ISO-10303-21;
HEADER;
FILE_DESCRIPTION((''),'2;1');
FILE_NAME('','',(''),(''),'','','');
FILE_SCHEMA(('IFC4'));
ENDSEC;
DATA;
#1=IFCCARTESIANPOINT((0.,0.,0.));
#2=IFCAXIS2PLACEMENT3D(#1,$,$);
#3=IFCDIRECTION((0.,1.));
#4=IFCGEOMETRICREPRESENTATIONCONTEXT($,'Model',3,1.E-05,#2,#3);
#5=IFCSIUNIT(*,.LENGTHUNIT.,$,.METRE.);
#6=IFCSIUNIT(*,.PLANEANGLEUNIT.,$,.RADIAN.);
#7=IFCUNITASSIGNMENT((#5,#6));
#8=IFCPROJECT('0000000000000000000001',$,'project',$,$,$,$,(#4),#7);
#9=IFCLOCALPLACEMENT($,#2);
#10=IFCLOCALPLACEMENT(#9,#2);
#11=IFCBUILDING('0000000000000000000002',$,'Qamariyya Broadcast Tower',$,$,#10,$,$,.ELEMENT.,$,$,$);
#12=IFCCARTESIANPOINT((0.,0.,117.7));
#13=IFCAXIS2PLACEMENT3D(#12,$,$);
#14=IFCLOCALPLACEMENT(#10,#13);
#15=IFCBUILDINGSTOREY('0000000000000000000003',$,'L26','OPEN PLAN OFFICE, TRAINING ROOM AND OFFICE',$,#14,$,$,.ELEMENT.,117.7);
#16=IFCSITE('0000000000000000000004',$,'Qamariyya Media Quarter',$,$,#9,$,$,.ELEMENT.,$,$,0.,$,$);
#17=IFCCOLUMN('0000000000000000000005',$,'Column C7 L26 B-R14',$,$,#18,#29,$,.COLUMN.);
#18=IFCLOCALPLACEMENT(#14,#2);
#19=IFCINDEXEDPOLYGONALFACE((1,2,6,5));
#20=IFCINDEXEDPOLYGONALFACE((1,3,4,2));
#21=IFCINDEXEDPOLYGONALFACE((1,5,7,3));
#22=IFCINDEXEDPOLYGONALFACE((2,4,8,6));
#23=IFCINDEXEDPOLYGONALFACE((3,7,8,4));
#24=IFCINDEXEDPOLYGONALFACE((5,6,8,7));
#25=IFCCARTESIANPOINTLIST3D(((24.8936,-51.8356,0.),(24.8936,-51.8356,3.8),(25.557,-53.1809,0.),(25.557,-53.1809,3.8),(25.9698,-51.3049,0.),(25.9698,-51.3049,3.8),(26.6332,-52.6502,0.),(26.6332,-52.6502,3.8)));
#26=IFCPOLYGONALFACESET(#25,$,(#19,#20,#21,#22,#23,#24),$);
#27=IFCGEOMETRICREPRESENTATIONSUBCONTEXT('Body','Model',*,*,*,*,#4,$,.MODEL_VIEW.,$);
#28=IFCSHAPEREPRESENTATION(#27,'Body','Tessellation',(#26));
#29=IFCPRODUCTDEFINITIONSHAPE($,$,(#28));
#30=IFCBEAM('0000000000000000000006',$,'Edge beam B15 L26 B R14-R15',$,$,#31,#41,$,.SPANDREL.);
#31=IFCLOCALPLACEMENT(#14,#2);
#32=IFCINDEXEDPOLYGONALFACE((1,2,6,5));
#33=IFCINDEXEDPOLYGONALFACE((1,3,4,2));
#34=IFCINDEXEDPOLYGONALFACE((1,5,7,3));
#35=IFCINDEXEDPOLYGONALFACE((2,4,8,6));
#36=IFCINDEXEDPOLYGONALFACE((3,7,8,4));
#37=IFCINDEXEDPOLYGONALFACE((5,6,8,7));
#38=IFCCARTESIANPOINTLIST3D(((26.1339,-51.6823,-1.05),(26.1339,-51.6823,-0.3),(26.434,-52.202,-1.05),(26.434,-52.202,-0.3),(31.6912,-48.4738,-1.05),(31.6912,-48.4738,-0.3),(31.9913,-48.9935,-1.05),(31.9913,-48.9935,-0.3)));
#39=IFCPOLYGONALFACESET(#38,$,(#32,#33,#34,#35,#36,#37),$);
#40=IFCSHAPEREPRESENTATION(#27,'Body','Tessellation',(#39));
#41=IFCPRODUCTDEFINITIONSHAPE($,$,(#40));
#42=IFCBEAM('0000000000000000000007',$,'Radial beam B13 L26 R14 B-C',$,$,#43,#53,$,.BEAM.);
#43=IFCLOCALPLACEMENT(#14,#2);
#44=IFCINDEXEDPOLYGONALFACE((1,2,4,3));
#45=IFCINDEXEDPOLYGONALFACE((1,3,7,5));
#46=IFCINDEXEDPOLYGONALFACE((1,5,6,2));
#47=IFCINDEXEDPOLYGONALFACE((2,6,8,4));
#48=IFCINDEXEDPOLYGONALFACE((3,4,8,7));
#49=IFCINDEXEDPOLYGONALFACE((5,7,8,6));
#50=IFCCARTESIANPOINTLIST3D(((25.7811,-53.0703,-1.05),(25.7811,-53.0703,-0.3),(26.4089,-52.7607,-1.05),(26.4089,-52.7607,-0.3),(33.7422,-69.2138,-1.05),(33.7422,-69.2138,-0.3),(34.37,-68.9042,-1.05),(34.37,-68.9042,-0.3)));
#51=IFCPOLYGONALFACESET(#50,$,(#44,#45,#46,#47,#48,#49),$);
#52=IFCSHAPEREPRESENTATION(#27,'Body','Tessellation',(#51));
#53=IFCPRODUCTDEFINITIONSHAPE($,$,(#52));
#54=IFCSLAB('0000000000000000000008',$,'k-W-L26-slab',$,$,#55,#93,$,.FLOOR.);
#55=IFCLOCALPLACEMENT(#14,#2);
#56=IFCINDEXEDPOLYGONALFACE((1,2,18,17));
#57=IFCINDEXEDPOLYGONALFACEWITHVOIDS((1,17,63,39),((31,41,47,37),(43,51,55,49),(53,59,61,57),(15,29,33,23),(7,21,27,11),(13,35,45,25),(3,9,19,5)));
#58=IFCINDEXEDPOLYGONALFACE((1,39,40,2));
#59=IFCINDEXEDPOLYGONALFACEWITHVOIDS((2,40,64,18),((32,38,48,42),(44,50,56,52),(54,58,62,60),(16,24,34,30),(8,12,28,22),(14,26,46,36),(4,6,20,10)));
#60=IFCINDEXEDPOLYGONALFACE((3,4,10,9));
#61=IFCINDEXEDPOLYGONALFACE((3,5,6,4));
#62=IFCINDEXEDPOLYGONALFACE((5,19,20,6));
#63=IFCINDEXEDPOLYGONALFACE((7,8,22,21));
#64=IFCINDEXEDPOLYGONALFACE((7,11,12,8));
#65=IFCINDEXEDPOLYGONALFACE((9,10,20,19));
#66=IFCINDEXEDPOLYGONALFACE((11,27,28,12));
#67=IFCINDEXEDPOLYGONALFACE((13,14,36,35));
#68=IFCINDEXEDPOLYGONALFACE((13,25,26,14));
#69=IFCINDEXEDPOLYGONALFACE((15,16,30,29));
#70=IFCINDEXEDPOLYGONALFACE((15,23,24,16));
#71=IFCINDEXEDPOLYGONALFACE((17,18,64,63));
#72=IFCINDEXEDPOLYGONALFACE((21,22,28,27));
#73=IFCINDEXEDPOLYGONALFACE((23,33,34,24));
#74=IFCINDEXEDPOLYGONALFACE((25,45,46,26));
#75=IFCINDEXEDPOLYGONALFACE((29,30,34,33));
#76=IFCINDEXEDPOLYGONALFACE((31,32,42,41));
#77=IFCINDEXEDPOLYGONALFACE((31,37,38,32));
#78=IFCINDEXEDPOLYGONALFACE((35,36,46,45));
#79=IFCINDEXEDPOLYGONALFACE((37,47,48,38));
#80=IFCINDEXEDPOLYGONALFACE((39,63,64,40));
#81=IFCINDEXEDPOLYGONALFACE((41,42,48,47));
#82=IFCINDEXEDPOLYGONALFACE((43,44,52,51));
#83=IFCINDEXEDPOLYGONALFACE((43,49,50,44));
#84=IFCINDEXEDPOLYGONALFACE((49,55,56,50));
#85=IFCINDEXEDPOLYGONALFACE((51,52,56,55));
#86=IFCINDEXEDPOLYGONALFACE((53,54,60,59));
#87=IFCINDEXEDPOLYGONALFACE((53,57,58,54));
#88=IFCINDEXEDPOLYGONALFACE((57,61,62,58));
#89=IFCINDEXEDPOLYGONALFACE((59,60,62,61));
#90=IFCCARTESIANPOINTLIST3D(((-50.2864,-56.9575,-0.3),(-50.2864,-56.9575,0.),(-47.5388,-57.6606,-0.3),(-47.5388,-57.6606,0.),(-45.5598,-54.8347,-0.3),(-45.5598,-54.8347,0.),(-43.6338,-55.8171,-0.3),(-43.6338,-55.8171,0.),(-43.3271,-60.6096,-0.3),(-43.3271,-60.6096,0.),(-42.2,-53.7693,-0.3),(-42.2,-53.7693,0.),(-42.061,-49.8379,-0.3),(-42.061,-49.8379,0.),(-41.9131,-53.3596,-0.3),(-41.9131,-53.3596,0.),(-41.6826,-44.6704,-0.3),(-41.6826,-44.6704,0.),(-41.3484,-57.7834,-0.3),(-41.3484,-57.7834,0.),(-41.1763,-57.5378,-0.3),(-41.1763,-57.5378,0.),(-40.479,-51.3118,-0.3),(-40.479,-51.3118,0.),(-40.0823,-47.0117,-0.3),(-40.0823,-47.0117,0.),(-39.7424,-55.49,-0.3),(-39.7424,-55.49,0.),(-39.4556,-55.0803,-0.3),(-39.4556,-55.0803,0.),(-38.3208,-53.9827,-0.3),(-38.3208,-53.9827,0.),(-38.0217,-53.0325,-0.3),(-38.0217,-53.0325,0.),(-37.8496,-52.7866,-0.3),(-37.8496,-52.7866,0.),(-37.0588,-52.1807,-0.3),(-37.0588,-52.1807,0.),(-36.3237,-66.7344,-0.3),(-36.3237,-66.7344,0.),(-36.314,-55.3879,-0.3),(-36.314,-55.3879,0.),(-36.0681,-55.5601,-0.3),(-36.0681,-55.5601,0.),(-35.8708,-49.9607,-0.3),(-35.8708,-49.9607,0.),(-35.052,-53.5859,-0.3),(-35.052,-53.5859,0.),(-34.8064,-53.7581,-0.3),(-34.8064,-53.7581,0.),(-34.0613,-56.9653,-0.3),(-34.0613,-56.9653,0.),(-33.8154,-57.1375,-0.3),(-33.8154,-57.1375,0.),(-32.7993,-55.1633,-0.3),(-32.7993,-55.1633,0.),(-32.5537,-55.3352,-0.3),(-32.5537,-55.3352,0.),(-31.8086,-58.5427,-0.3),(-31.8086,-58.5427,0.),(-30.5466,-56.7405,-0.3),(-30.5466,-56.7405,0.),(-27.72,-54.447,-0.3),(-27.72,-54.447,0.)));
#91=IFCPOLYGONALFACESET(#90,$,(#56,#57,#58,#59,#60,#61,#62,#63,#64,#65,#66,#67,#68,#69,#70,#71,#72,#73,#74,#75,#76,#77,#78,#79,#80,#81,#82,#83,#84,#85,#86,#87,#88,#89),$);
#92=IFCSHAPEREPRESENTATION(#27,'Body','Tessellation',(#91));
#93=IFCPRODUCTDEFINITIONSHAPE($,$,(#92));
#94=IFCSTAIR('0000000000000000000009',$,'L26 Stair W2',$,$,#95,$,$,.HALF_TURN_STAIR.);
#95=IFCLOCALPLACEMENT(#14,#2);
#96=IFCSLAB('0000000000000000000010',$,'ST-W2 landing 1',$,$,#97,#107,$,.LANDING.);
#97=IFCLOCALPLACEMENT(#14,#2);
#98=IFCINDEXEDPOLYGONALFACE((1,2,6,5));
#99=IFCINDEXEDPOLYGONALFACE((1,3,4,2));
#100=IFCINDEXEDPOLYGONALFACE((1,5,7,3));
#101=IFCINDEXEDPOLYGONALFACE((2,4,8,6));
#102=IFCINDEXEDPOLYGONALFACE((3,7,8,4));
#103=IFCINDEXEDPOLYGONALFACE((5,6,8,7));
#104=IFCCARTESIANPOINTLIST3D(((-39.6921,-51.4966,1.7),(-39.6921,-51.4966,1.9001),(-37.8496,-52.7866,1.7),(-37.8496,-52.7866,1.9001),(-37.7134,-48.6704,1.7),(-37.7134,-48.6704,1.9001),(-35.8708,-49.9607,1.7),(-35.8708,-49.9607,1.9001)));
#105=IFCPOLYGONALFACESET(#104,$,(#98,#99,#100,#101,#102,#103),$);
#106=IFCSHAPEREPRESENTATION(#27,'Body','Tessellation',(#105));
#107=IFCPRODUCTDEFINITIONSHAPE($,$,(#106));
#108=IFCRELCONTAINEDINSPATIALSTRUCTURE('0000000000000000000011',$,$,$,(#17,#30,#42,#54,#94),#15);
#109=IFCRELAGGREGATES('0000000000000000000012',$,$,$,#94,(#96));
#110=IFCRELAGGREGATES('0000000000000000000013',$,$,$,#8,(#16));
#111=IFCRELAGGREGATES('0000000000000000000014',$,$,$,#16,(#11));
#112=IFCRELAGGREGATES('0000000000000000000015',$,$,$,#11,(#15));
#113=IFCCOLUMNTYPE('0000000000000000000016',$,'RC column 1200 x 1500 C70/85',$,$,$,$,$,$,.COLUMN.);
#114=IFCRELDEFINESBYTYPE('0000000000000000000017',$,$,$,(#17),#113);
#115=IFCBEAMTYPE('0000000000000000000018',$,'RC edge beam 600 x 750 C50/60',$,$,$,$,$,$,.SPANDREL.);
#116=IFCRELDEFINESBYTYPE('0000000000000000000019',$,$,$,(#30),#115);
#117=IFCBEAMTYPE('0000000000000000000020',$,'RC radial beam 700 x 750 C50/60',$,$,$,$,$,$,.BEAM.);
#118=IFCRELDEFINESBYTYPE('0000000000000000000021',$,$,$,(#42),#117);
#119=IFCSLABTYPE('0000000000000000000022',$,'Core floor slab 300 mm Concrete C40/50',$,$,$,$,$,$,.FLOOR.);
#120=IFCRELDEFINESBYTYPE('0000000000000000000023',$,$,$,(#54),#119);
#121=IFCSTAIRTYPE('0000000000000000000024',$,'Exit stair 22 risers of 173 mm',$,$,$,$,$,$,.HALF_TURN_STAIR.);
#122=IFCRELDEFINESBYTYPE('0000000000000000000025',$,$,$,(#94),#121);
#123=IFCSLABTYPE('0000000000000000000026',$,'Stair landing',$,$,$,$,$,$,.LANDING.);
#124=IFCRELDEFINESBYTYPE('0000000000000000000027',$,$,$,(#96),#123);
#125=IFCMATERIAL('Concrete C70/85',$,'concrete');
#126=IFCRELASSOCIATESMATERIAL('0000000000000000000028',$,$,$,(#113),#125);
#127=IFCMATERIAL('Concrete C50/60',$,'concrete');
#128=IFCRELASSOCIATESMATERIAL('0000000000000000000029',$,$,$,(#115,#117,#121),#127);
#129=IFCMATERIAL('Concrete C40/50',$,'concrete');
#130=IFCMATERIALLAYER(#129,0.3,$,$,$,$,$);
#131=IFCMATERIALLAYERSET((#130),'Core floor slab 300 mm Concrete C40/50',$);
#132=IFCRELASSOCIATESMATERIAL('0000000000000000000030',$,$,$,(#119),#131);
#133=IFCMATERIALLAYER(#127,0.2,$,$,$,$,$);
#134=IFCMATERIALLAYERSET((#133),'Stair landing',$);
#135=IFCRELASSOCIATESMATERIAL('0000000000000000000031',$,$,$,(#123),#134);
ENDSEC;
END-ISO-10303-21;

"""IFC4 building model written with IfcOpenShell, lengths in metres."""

from ifc_helpers import new_model, si_unit, direction, frame, origin, origin_2d, place, context, subcontext, project, spatial, polyline, rectangle, outline, extrude, material, layer, layer_set, material_profile, profile_set, type_object, element, aggregate, save


model = new_model("IFC4")

# Units and contexts
model_context = context("Model", 3, precision=1e-05, world=origin(), true_north=direction((0.0, 1.0)))
body_context = subcontext(model_context, "Body", "Model", "MODEL_VIEW")
ifc_project = project(units=[si_unit("LENGTHUNIT", "METRE"), si_unit("PLANEANGLEUNIT", "RADIAN")], contexts=[model_context])

# Site, building, storey
site_placement = place(None, origin())
site = spatial("IfcSite", under=ifc_project, at=site_placement, Name="Qamariyya Media Quarter", CompositionType="ELEMENT", RefElevation=0.0)
building_placement = place(site_placement, origin())
building = spatial("IfcBuilding", under=site, at=building_placement, Name="Qamariyya Broadcast Tower", CompositionType="ELEMENT")
storey_placement = place(building_placement, frame((0.0, 0.0, 117.7)))
storey = spatial("IfcBuildingStorey", under=building, at=storey_placement, Name="L26", Description="OPEN PLAN OFFICE, TRAINING ROOM AND OFFICE", CompositionType="ELEMENT", Elevation=117.7)

# Column
ifc_material_1 = material(Name="Concrete C70/85", Category="concrete")
ifc_material_profile_1 = material_profile(ifc_material_1, rectangle(XDim=1.2, YDim=1.5, at=origin_2d()))
ifc_profile_set_1 = profile_set([ifc_material_profile_1], Name="Concrete C70/85")
column_type = type_object("IfcColumnType", Name="RC column 1200 x 1500 C70/85", PredefinedType="COLUMN", material=ifc_profile_set_1)
column_placement = place(storey_placement, frame((25.7634, -52.2429, 0.0), z_axis=(0.0, 0.0, 1.0), x_axis=(0.896873, 0.442289, 0.0)))
element("IfcColumn", 1, at=column_placement, inside=storey, type_object=column_type, Name="Column C7 L26 B-R14", PredefinedType="COLUMN", context=body_context, shape_type="SweptSolid", body=[
    extrude(rectangle(XDim=1.2, YDim=1.5, at=origin_2d()), origin(), (0.0, 0.0, 1.0), 3.8),
])

# Beams
ifc_material_2 = material(Name="Concrete C50/60", Category="concrete")
ifc_material_profile_2 = material_profile(ifc_material_2, rectangle(XDim=0.6001, YDim=0.75, at=origin_2d()))
ifc_profile_set_2 = profile_set([ifc_material_profile_2], Name="Concrete C50/60")
beam_type_1 = type_object("IfcBeamType", Name="RC edge beam 600 x 750 C50/60", PredefinedType="SPANDREL", material=ifc_profile_set_2)
beam_1_placement = place(storey_placement, frame((26.2839, -51.9421, -0.675), z_axis=(0.866029, 0.499994, 0.0), x_axis=(-0.499994, 0.866029, 0.0)))
element("IfcBeam", 2, at=beam_1_placement, inside=storey, type_object=beam_type_1, Name="Edge beam B15 L26 B R14-R15", PredefinedType="SPANDREL", context=body_context, shape_type="SweptSolid", body=[
    extrude(rectangle(XDim=0.6001, YDim=0.75, at=origin_2d()), origin(), (0.0, 0.0, 1.0), 6.417),
])
ifc_material_profile_3 = material_profile(ifc_material_2, rectangle(XDim=0.7, YDim=0.75, at=origin_2d()))
ifc_profile_set_3 = profile_set([ifc_material_profile_3], Name="Concrete C50/60")
beam_type_2 = type_object("IfcBeamType", Name="RC radial beam 700 x 750 C50/60", PredefinedType="BEAM", material=ifc_profile_set_3)
beam_2_placement = place(storey_placement, frame((26.095, -52.9155, -0.675), z_axis=(0.442291, -0.896871, 0.0), x_axis=(0.896871, 0.442291, 0.0)))
element("IfcBeam", 3, at=beam_2_placement, inside=storey, type_object=beam_type_2, Name="Radial beam B13 L26 R14 B-C", PredefinedType="BEAM", context=body_context, shape_type="SweptSolid", body=[
    extrude(rectangle(XDim=0.7, YDim=0.75, at=origin_2d()), origin(), (0.0, 0.0, 1.0), 17.9998),
])

# Slab
ifc_material_3 = material(Name="Concrete C40/50", Category="concrete")
ifc_layer_1 = layer(ifc_material_3, 0.3)
ifc_layer_set_1 = layer_set([ifc_layer_1], Name="Core floor slab 300 mm Concrete C40/50")
slab_type_1 = type_object("IfcSlabType", Name="Core floor slab 300 mm Concrete C40/50", PredefinedType="FLOOR", material=ifc_layer_set_1)
slab_1_placement = place(storey_placement, frame((0.0, 0.0, -0.3)))
element("IfcSlab", 4, at=slab_1_placement, inside=storey, type_object=slab_type_1, Name="k-W-L26-slab", PredefinedType="FLOOR", context=body_context, shape_type="SweptSolid", body=[
    extrude(outline(polyline([(-50.2864, -56.9575), (-36.3237, -66.7344), (-27.72, -54.447), (-41.6826, -44.6704), (-50.2864, -56.9575)]), holes=[polyline([(-31.8086, -58.5427), (-33.8154, -57.1375), (-32.5537, -55.3352), (-30.5466, -56.7405), (-31.8086, -58.5427)]), polyline([(-34.0613, -56.9653), (-36.0681, -55.5601), (-34.8064, -53.7581), (-32.7993, -55.1633), (-34.0613, -56.9653)]), polyline([(-36.314, -55.3879), (-38.3208, -53.9827), (-37.0588, -52.1807), (-35.052, -53.5859), (-36.314, -55.3879)]), polyline([(-39.7424, -55.49), (-42.2, -53.7693), (-43.6338, -55.8171), (-41.1763, -57.5378), (-39.7424, -55.49)]), polyline([(-39.4556, -55.0803), (-41.9131, -53.3596), (-40.479, -51.3118), (-38.0217, -53.0325), (-39.4556, -55.0803)]), polyline([(-42.061, -49.8379), (-37.8496, -52.7866), (-35.8708, -49.9607), (-40.0823, -47.0117), (-42.061, -49.8379)]), polyline([(-47.5388, -57.6606), (-43.3271, -60.6096), (-41.3484, -57.7834), (-45.5598, -54.8347), (-47.5388, -57.6606)])]), origin(), (0.0, 0.0, 1.0), 0.3),
])

# Stair, slab
stair_type = type_object("IfcStairType", Name="Exit stair 22 risers of 173 mm", PredefinedType="HALF_TURN_STAIR", material=ifc_material_2)
stair_placement = place(storey_placement, origin())
stair = element("IfcStair", 5, at=stair_placement, inside=storey, type_object=stair_type, Name="L26 Stair W2", PredefinedType="HALF_TURN_STAIR")
ifc_layer_2 = layer(ifc_material_2, 0.2)
ifc_layer_set_2 = layer_set([ifc_layer_2], Name="Stair landing")
slab_type_2 = type_object("IfcSlabType", Name="Stair landing", PredefinedType="LANDING", material=ifc_layer_set_2)
slab_2_placement = place(storey_placement, frame((0.0, 0.0, 1.7)))
slab_2 = element("IfcSlab", 6, at=slab_2_placement, type_object=slab_type_2, Name="ST-W2 landing 1", PredefinedType="LANDING", context=body_context, shape_type="SweptSolid", body=[
    extrude(outline(polyline([(-39.6921, -51.4966), (-37.8496, -52.7866), (-35.8708, -49.9607), (-37.7134, -48.6704), (-39.6921, -51.4966)])), origin(), (0.0, 0.0, 1.0), 0.2002),
])
aggregate(stair, [slab_2])

save(model, "model.ifc")
